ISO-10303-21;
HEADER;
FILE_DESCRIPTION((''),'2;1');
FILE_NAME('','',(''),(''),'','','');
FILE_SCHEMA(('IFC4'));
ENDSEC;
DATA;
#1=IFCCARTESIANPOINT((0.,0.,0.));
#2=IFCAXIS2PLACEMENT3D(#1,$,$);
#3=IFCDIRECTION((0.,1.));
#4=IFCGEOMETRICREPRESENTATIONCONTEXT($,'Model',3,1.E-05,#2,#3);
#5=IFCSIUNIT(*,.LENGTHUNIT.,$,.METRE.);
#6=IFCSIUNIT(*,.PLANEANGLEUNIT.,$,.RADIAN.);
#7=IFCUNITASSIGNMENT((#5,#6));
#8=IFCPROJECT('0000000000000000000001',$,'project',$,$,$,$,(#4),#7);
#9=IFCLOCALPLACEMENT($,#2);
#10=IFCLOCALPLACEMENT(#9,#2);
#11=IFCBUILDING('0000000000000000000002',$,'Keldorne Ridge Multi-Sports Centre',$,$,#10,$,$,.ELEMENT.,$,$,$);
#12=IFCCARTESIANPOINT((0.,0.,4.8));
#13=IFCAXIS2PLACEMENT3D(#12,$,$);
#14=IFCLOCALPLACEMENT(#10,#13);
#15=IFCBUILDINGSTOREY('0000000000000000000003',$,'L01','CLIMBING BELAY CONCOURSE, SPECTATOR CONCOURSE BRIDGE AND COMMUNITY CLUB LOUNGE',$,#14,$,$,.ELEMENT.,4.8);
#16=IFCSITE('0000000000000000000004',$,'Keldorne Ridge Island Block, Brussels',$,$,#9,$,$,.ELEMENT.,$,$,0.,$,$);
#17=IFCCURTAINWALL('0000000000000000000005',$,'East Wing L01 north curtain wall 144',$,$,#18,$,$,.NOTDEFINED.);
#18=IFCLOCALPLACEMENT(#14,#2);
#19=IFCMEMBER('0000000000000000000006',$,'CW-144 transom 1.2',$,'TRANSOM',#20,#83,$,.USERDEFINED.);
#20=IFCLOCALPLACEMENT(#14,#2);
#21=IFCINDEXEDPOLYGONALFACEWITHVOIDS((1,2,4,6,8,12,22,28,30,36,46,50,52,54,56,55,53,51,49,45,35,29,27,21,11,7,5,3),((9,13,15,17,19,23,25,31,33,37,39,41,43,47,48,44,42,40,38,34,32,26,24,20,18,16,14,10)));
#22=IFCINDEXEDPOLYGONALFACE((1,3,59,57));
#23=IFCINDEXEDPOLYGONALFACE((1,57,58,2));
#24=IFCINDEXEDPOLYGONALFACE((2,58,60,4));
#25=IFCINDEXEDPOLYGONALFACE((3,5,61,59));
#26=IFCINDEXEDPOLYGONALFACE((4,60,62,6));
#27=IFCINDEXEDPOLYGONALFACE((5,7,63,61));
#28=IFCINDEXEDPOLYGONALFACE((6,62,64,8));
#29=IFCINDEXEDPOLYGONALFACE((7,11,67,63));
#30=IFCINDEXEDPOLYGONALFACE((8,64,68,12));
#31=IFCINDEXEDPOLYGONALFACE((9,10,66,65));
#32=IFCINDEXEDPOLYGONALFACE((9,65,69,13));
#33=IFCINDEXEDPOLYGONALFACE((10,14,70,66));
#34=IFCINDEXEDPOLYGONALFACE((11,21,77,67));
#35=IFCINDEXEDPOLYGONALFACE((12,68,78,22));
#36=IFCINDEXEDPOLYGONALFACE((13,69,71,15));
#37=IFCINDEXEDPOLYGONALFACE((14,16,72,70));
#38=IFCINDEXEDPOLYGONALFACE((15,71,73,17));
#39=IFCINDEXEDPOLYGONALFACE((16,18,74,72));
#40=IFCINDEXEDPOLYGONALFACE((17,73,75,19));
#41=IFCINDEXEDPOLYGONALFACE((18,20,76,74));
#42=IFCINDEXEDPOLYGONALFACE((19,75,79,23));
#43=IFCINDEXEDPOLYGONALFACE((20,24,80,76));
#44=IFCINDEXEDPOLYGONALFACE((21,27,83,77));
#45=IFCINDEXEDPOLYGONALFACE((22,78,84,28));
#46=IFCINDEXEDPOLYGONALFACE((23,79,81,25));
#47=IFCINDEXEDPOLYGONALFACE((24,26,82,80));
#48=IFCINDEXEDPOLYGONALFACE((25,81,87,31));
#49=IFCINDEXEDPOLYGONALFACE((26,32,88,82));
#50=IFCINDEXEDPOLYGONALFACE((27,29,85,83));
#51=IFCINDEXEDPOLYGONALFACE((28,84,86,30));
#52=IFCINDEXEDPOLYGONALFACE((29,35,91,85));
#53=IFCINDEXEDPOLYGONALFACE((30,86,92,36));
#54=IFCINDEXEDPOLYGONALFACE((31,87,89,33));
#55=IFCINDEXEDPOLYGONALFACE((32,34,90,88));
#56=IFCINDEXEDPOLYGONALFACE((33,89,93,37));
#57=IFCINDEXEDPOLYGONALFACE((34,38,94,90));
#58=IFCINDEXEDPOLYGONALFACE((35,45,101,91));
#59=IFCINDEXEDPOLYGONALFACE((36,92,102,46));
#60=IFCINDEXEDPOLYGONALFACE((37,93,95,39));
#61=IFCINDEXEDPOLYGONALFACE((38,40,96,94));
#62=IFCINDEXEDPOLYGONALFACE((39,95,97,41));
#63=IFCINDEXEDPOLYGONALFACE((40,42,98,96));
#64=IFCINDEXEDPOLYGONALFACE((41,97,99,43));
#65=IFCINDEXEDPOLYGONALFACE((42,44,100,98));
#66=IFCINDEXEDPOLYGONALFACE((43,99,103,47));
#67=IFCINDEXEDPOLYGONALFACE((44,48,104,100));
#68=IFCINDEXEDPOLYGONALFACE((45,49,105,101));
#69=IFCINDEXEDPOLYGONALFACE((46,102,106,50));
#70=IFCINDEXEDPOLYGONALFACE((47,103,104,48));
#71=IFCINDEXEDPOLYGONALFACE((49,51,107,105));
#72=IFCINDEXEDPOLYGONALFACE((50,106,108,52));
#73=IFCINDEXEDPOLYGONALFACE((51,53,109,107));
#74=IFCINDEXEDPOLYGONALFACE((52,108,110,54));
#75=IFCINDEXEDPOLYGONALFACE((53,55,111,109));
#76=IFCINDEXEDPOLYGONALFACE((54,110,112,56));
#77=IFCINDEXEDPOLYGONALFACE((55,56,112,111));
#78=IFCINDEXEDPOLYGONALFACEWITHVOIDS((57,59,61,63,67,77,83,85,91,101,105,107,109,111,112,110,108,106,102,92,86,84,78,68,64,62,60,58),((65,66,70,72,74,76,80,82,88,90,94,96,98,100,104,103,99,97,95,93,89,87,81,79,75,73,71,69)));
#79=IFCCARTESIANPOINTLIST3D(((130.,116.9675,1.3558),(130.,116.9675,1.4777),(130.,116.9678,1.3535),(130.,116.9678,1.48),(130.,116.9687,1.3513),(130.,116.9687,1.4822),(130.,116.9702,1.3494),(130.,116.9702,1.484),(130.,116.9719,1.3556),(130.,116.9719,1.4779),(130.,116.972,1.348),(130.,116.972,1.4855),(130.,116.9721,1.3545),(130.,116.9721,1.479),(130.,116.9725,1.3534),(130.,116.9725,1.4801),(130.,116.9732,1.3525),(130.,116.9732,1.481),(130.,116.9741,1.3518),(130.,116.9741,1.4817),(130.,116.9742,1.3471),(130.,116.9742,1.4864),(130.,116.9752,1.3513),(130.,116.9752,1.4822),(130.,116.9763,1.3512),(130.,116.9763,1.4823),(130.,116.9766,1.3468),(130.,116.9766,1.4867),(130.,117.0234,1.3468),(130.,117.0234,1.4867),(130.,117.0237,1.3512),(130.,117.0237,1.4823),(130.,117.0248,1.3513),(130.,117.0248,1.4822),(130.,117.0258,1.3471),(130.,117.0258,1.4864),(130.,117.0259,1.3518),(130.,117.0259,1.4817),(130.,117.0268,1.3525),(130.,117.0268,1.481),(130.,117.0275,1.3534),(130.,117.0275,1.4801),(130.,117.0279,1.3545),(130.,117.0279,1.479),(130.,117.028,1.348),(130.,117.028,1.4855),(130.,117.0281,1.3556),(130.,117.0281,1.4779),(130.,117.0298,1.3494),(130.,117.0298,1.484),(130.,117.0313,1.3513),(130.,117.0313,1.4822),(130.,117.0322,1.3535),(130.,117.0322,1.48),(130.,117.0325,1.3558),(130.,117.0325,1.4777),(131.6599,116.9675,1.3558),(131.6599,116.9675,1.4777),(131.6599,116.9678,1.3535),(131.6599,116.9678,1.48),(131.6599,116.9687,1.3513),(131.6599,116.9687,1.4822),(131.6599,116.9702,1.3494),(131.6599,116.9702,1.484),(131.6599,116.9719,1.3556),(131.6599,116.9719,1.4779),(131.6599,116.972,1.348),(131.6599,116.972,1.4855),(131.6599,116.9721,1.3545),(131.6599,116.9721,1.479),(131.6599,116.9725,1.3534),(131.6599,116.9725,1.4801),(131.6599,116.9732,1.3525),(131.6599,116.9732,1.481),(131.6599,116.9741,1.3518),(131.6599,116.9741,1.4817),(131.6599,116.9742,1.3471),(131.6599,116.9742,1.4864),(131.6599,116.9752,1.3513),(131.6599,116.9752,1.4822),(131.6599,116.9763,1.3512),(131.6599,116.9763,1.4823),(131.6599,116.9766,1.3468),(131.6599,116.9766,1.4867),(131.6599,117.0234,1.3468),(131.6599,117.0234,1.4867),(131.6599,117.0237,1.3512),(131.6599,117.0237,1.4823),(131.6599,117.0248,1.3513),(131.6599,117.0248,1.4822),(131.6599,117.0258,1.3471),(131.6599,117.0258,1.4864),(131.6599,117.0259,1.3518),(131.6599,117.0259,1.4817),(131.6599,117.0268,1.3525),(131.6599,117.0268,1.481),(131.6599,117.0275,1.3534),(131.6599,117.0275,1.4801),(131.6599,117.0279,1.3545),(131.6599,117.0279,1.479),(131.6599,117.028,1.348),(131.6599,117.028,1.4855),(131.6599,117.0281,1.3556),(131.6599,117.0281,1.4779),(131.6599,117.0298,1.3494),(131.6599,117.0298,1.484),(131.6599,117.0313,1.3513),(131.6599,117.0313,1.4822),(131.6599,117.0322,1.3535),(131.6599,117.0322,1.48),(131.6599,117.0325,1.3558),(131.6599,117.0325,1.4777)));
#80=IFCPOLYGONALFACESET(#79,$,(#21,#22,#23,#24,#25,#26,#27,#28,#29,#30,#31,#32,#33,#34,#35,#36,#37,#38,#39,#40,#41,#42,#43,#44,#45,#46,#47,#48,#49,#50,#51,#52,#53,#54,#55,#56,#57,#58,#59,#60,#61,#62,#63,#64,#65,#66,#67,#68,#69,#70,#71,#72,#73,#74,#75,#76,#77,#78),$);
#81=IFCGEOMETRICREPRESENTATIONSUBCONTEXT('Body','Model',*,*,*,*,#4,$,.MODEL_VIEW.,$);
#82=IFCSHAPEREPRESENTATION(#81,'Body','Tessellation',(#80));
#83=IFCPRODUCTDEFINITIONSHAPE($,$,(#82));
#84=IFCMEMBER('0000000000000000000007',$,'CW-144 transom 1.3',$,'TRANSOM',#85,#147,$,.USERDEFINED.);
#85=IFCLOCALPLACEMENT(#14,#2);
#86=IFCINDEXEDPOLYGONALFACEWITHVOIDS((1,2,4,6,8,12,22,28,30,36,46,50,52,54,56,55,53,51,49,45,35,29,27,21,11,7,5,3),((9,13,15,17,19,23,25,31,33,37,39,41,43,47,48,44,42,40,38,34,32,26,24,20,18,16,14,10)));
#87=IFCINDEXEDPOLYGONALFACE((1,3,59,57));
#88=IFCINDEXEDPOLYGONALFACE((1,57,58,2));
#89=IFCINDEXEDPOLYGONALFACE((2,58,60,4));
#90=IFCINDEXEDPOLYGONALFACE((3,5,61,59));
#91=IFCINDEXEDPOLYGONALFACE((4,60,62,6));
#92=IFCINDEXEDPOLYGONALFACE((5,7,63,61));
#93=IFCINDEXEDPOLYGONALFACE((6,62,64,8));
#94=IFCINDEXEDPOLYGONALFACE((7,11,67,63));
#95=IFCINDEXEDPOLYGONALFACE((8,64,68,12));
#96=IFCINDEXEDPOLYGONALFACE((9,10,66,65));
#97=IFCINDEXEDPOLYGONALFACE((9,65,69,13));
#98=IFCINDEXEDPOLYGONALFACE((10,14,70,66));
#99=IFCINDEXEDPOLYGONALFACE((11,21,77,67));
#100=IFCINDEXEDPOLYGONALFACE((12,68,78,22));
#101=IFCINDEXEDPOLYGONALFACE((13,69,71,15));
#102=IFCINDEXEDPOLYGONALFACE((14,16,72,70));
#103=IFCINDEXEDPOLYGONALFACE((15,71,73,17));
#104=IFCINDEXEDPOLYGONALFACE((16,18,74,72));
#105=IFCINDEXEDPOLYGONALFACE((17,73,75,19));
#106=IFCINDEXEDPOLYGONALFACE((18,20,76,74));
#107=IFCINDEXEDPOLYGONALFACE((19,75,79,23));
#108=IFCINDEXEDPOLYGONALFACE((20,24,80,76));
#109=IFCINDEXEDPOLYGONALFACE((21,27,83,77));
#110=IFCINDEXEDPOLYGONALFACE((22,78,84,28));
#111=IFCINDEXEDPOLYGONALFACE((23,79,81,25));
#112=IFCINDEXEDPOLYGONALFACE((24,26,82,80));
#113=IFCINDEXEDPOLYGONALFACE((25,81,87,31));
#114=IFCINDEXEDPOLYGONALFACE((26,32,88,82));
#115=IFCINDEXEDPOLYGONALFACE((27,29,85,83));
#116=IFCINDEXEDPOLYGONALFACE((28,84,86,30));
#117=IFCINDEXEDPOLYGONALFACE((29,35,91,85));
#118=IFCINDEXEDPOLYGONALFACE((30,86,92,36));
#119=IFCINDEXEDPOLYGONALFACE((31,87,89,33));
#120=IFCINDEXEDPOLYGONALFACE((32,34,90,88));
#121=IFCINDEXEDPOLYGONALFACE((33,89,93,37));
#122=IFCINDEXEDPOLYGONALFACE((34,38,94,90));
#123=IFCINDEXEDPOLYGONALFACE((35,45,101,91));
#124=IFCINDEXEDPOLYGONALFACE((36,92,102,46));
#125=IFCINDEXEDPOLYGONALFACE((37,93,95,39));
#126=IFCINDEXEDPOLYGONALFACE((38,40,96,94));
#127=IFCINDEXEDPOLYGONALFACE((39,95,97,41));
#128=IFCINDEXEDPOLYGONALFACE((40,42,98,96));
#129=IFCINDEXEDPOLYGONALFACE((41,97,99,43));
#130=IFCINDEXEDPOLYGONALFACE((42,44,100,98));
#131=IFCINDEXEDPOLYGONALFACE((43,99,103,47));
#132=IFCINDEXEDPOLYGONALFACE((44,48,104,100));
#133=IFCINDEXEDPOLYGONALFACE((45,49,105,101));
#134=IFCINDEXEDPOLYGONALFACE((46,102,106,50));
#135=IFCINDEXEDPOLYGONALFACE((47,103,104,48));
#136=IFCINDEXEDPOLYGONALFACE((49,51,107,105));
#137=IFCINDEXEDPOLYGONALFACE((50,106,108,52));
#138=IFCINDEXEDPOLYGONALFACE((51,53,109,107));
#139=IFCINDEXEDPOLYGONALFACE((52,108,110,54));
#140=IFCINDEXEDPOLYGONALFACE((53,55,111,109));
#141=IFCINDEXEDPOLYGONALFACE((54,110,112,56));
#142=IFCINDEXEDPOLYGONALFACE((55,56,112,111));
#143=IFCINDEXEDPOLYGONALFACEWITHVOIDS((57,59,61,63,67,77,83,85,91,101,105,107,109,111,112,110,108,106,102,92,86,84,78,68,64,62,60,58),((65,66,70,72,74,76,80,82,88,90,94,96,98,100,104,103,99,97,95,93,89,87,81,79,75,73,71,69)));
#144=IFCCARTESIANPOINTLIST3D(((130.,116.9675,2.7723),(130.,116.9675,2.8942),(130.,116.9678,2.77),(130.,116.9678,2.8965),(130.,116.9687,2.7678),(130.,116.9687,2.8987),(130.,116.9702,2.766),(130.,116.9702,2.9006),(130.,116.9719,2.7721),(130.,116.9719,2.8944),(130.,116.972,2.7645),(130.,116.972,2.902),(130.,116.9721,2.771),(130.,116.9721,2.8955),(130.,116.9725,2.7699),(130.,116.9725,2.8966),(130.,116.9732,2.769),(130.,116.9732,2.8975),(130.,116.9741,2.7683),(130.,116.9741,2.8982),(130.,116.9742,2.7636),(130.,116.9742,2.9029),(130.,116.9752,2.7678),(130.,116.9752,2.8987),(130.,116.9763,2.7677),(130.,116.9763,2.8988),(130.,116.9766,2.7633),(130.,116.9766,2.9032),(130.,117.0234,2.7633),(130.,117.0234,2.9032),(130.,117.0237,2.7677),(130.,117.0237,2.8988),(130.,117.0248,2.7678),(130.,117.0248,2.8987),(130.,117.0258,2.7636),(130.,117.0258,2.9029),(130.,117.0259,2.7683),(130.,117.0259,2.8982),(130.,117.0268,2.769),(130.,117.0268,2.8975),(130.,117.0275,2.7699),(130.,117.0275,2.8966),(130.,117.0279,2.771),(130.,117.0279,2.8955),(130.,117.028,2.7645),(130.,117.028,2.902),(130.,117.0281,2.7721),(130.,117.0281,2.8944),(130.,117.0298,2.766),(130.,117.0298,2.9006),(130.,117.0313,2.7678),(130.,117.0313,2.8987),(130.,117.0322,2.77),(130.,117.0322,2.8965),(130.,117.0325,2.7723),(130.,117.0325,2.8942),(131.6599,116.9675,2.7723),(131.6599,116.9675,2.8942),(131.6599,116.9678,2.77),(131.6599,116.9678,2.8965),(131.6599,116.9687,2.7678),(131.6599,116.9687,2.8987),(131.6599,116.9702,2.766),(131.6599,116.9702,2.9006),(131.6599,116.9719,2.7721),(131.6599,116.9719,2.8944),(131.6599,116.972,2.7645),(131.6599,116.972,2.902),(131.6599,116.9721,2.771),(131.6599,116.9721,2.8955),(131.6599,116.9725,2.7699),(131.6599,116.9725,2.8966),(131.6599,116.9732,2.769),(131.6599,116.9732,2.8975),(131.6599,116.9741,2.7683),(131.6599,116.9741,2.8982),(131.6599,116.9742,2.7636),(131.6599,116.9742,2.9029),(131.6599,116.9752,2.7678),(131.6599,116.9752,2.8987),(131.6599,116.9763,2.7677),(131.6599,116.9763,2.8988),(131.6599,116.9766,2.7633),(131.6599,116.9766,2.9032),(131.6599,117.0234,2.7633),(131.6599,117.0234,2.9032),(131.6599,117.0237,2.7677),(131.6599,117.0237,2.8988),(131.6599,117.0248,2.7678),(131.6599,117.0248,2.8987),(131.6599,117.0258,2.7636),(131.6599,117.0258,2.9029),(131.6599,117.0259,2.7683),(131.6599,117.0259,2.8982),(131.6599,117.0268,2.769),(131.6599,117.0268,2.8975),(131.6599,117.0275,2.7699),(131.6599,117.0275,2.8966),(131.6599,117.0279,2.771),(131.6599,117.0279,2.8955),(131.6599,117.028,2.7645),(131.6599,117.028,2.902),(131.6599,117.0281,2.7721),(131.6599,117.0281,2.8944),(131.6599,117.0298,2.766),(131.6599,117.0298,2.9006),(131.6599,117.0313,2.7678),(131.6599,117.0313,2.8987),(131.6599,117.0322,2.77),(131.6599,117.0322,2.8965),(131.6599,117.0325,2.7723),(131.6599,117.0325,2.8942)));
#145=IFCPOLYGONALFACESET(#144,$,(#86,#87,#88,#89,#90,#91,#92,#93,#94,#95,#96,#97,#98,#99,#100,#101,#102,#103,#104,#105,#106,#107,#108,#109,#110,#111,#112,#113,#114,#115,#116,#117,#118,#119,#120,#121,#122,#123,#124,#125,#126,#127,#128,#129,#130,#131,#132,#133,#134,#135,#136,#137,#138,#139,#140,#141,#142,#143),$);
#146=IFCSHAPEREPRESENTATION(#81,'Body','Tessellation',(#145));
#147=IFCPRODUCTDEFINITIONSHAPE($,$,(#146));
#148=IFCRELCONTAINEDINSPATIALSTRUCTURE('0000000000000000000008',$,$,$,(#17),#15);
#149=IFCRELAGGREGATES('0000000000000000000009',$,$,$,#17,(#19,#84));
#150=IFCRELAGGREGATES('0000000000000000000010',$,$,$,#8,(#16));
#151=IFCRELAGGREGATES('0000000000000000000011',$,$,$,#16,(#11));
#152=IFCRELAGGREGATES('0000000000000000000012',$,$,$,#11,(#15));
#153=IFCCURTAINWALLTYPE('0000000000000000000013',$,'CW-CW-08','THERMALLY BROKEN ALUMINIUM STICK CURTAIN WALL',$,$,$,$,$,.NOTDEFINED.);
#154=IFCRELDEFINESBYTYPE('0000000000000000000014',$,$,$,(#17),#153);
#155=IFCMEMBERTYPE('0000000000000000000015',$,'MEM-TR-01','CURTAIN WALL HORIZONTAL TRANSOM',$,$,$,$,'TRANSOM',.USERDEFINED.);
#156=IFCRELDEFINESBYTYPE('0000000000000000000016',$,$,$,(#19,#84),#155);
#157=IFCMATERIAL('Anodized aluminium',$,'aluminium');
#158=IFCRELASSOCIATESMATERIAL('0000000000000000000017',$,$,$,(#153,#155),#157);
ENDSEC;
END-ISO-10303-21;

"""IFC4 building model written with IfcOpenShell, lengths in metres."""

from ifc_helpers import new_model, si_unit, direction, frame, origin, origin_2d, place, context, subcontext, project, spatial, hollow_rectangle, extrude, material, material_profile, profile_set, type_object, element, aggregate, save


model = new_model("IFC4")

# Units and contexts
model_context = context("Model", 3, precision=1e-05, world=origin(), true_north=direction((0.0, 1.0)))
body_context = subcontext(model_context, "Body", "Model", "MODEL_VIEW")
ifc_project = project(units=[si_unit("LENGTHUNIT", "METRE"), si_unit("PLANEANGLEUNIT", "RADIAN")], contexts=[model_context])

# Site, building, storey
site_placement = place(None, origin())
site = spatial("IfcSite", under=ifc_project, at=site_placement, Name="Keldorne Ridge Island Block, Brussels", CompositionType="ELEMENT", RefElevation=0.0)
building_placement = place(site_placement, origin())
building = spatial("IfcBuilding", under=site, at=building_placement, Name="Keldorne Ridge Multi-Sports Centre", CompositionType="ELEMENT")
storey_placement = place(building_placement, frame((0.0, 0.0, 4.8)))
storey = spatial("IfcBuildingStorey", under=building, at=storey_placement, Name="L01", Description="CLIMBING BELAY CONCOURSE, SPECTATOR CONCOURSE BRIDGE AND COMMUNITY CLUB LOUNGE", CompositionType="ELEMENT", Elevation=4.8)

# Shared definitions
ifc_material_1 = material(Name="Anodized aluminium", Category="aluminium")

# Curtain wall
curtain_wall_type_1 = type_object("IfcCurtainWallType", Name="CW-CW-08", Description="THERMALLY BROKEN ALUMINIUM STICK CURTAIN WALL", PredefinedType="NOTDEFINED", material=ifc_material_1)
curtain_wall_1_placement = place(storey_placement, origin())
curtain_wall_1 = element("IfcCurtainWall", 1, at=curtain_wall_1_placement, inside=storey, type_object=curtain_wall_type_1, Name="East Wing L01 north curtain wall 144", PredefinedType="NOTDEFINED")

# Members
ifc_material_profile_1 = material_profile(ifc_material_1, hollow_rectangle(XDim=0.0649, YDim=0.1399, WallThickness=0.0044, InnerFilletRadius=0.0044, OuterFilletRadius=0.009, at=origin_2d()), Name="ALU TRANSOM 140x65x4.5")
ifc_profile_set_1 = profile_set([ifc_material_profile_1], Name="Anodized aluminium")
member_type_1 = type_object("IfcMemberType", Name="MEM-TR-01", Description="CURTAIN WALL HORIZONTAL TRANSOM", ElementType="TRANSOM", PredefinedType="USERDEFINED", material=ifc_profile_set_1)
member_1_placement = place(storey_placement, frame((131.6599, 117.0, 1.4167), z_axis=(-1.0, 0.0, 0.0), x_axis=(0.0, -1.0, 0.0)))
member_1 = element("IfcMember", 2, at=member_1_placement, type_object=member_type_1, Name="CW-144 transom 1.2", ObjectType="TRANSOM", PredefinedType="USERDEFINED", context=body_context, shape_type="SweptSolid", body=[
    extrude(hollow_rectangle(XDim=0.0649, YDim=0.1399, WallThickness=0.0044, InnerFilletRadius=0.0044, OuterFilletRadius=0.009, at=origin_2d()), origin(), (0.0, 0.0, 1.0), 1.6599),
])
member_2_placement = place(storey_placement, frame((131.6599, 117.0, 2.8333), z_axis=(-1.0, 0.0, 0.0), x_axis=(0.0, -1.0, 0.0)))
member_2 = element("IfcMember", 3, at=member_2_placement, type_object=member_type_1, Name="CW-144 transom 1.3", ObjectType="TRANSOM", PredefinedType="USERDEFINED", context=body_context, shape_type="SweptSolid", body=[
    extrude(hollow_rectangle(XDim=0.0649, YDim=0.1399, WallThickness=0.0044, InnerFilletRadius=0.0044, OuterFilletRadius=0.009, at=origin_2d()), origin(), (0.0, 0.0, 1.0), 1.6599),
])

aggregate(curtain_wall_1, [member_1, member_2])

save(model, "model.ifc")
